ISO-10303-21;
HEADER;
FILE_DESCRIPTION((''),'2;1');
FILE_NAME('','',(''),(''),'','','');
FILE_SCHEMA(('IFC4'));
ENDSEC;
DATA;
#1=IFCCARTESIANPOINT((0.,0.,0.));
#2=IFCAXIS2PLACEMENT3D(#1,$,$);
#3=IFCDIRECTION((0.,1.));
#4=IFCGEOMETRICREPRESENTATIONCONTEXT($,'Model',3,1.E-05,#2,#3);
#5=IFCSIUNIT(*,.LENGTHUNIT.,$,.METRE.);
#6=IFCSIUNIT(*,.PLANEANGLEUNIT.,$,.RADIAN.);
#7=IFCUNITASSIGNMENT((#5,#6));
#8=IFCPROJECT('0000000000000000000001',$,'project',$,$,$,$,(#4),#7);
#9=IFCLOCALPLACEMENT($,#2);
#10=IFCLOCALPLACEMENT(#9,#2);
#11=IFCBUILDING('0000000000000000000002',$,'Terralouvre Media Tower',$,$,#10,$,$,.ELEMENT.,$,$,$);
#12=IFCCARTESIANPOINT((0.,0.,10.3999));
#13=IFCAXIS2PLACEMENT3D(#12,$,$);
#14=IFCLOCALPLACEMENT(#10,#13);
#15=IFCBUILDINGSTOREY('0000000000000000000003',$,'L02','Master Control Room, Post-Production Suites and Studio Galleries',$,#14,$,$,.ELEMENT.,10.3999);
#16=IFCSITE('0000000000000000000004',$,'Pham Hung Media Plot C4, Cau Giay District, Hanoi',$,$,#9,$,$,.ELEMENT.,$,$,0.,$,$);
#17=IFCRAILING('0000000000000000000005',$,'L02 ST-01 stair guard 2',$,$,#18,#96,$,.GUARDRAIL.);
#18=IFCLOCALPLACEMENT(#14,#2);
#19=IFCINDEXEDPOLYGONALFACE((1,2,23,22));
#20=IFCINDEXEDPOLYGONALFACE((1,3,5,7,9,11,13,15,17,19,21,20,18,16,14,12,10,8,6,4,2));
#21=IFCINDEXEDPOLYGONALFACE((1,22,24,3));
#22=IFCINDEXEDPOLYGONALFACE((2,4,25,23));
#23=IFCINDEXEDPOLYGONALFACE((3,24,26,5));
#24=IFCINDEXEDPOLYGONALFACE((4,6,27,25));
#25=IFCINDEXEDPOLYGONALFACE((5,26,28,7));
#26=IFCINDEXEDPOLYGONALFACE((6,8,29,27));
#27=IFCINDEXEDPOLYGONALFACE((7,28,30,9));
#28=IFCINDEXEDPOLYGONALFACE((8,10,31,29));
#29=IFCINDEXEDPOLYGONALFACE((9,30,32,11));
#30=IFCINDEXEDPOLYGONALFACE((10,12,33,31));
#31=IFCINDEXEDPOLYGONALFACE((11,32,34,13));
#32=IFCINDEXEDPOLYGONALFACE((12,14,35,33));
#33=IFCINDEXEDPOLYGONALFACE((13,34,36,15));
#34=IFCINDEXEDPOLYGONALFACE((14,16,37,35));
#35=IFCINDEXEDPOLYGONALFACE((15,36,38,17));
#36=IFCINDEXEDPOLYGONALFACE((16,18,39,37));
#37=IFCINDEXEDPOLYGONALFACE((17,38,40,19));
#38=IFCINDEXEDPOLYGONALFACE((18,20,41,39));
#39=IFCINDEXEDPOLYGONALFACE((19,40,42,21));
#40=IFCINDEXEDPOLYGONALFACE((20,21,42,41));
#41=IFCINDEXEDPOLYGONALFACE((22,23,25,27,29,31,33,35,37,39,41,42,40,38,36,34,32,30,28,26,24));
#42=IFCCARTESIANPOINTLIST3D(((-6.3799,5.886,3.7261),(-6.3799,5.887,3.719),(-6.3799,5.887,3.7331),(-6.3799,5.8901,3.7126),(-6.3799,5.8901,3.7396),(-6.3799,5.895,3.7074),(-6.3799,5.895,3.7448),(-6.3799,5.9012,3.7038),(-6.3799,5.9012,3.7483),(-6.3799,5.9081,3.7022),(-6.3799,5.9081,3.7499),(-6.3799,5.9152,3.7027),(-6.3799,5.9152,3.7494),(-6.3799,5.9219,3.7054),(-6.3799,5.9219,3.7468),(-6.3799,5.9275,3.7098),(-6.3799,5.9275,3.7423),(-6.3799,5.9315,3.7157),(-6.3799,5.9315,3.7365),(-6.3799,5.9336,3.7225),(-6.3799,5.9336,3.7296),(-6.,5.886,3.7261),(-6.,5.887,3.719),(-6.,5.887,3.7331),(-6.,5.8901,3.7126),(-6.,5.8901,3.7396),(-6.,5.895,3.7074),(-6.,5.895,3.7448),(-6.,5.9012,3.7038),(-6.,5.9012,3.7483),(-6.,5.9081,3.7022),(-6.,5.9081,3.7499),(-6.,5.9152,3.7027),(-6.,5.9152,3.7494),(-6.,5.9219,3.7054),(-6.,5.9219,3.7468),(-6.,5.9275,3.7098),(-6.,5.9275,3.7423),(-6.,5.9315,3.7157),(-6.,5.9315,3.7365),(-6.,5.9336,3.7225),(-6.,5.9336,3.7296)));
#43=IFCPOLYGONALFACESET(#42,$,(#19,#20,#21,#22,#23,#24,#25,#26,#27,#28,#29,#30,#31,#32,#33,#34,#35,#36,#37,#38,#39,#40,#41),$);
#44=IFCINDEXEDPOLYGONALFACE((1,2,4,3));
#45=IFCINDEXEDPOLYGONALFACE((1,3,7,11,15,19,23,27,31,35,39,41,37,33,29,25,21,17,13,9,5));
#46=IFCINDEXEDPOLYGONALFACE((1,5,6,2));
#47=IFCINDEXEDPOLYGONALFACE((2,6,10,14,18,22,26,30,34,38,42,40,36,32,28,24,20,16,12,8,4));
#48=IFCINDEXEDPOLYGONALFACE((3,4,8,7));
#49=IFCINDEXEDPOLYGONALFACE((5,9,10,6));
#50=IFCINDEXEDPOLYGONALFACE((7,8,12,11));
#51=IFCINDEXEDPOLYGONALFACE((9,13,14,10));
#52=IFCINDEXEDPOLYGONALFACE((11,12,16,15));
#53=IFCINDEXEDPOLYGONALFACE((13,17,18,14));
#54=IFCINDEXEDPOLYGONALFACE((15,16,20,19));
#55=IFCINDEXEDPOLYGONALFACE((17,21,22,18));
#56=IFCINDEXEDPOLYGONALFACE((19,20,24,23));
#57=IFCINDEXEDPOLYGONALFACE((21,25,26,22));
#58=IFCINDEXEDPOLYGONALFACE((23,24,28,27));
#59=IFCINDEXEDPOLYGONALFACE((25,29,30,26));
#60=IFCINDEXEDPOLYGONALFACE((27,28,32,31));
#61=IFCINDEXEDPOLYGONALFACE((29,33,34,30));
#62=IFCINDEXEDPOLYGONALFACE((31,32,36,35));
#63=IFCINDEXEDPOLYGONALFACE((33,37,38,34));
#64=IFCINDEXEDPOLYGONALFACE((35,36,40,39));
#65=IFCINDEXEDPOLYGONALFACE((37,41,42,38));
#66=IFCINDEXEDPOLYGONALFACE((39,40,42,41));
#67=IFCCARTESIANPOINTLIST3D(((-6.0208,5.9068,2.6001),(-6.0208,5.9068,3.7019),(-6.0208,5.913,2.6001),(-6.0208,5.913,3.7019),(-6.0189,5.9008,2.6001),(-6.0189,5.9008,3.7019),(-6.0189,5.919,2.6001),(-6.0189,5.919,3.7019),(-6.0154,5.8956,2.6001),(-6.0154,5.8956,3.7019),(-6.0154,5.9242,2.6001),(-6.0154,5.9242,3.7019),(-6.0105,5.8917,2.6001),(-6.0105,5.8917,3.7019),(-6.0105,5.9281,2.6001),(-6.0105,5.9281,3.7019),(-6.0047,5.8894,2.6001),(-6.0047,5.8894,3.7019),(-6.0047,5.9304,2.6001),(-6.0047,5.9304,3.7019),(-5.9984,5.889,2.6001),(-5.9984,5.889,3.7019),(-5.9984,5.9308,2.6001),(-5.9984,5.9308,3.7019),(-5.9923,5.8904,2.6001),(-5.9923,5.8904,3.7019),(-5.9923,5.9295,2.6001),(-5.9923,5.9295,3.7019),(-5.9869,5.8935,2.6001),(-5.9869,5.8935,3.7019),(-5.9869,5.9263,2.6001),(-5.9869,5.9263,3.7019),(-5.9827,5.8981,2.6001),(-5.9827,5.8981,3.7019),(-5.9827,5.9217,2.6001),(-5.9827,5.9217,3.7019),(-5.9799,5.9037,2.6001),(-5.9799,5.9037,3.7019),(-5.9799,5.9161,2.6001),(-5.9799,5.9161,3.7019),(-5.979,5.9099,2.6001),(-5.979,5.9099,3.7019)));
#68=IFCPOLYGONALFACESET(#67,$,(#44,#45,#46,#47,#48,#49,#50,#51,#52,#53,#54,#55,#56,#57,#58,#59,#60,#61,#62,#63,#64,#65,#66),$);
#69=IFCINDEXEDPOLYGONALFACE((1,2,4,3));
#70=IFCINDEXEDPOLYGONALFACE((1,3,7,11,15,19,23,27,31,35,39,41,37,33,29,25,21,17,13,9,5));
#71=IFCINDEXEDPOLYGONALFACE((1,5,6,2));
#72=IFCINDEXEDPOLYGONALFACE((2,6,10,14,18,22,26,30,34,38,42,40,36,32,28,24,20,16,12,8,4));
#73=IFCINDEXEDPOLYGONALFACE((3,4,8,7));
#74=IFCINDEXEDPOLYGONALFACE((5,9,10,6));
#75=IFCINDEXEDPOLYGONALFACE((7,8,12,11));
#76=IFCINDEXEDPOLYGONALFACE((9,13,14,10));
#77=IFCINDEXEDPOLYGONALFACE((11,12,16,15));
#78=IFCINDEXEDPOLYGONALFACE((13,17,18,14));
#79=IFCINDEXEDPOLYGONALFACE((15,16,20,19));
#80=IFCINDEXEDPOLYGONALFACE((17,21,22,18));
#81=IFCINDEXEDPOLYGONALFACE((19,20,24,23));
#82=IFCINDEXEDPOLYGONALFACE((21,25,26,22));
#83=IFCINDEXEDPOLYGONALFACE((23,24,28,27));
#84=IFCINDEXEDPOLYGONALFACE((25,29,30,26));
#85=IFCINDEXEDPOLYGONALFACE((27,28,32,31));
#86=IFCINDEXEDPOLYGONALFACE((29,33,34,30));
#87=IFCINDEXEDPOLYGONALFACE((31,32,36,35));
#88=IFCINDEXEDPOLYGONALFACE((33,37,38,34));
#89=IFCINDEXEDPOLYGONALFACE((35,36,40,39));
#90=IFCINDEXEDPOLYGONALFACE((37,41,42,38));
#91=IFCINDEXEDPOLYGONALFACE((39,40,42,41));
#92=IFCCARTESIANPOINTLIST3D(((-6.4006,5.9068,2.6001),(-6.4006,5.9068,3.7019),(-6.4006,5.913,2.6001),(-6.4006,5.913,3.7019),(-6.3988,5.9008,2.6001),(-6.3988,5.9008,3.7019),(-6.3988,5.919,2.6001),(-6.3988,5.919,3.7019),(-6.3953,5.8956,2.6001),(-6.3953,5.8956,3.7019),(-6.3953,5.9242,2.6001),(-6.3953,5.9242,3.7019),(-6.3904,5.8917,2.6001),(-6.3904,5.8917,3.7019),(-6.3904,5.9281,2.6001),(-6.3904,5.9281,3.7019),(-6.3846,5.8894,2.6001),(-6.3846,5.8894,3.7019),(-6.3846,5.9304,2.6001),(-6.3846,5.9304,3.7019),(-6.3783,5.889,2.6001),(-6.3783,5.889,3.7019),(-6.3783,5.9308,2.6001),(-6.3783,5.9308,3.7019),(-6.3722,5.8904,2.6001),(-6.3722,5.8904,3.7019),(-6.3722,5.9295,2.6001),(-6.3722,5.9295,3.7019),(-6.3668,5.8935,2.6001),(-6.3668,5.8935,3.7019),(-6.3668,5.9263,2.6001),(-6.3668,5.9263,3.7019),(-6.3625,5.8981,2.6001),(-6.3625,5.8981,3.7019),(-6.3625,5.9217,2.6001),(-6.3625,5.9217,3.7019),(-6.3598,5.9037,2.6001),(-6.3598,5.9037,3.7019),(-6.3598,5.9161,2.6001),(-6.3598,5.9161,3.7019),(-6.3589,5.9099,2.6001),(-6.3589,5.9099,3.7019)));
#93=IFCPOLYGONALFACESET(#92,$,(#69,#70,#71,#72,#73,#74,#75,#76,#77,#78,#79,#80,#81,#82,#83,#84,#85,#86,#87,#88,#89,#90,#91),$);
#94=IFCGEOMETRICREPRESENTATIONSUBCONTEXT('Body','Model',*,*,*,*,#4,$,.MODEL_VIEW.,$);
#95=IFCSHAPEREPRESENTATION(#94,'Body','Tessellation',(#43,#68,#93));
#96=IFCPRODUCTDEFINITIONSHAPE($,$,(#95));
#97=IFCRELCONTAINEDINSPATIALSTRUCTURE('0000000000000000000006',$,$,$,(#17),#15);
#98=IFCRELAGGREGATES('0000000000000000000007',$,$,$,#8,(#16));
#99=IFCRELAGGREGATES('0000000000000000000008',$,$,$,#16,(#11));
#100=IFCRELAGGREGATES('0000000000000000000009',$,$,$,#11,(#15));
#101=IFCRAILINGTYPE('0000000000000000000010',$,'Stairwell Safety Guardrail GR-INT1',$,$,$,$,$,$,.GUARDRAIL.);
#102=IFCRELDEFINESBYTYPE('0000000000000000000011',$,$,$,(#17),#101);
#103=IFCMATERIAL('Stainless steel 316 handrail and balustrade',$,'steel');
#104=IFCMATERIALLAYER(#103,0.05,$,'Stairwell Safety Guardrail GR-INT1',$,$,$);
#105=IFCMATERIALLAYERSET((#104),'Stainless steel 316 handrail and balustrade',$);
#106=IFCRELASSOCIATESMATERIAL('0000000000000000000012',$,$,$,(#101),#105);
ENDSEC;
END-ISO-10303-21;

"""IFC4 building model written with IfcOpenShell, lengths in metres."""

from ifc_helpers import new_model, si_unit, direction, frame, origin, origin_2d, place, context, subcontext, project, spatial, circle, extrude, material, layer, layer_set, type_object, element, save


model = new_model("IFC4")

# Units and contexts
model_context = context("Model", 3, precision=1e-05, world=origin(), true_north=direction((0.0, 1.0)))
body_context = subcontext(model_context, "Body", "Model", "MODEL_VIEW")
ifc_project = project(units=[si_unit("LENGTHUNIT", "METRE"), si_unit("PLANEANGLEUNIT", "RADIAN")], contexts=[model_context])

# Site, building, storey
site_placement = place(None, origin())
site = spatial("IfcSite", under=ifc_project, at=site_placement, Name="Pham Hung Media Plot C4, Cau Giay District, Hanoi", CompositionType="ELEMENT", RefElevation=0.0)
building_placement = place(site_placement, origin())
building = spatial("IfcBuilding", under=site, at=building_placement, Name="Terralouvre Media Tower", CompositionType="ELEMENT")
storey_placement = place(building_placement, frame((0.0, 0.0, 10.3999)))
storey = spatial("IfcBuildingStorey", under=building, at=storey_placement, Name="L02", Description="Master Control Room, Post-Production Suites and Studio Galleries", CompositionType="ELEMENT", Elevation=10.3999)

# Railing
ifc_material_1 = material(Name="Stainless steel 316 handrail and balustrade", Category="steel")
ifc_layer_1 = layer(ifc_material_1, 0.05, Name="Stairwell Safety Guardrail GR-INT1")
ifc_layer_set_1 = layer_set([ifc_layer_1], Name="Stainless steel 316 handrail and balustrade")
railing_type_1 = type_object("IfcRailingType", Name="Stairwell Safety Guardrail GR-INT1", PredefinedType="GUARDRAIL", material=ifc_layer_set_1)
railing_1_placement = place(storey_placement, frame((-6.0, 5.9099, 2.6001)))
element("IfcRailing", 1, at=railing_1_placement, inside=storey, type_object=railing_type_1, Name="L02 ST-01 stair guard 2", PredefinedType="GUARDRAIL", context=body_context, shape_type="SweptSolid", body=[
    extrude(circle(Radius=0.0239, at=origin_2d()), frame((0.0, 0.0, 1.126), z_axis=(-1.0, 0.0, 0.0), x_axis=(0.0, -1.0, 0.0)), (0.0, 0.0, 1.0), 0.3799),
    extrude(circle(Radius=0.021, at=origin_2d()), origin(), (0.0, 0.0, 1.0), 1.1018),
    extrude(circle(Radius=0.021, at=origin_2d()), frame((-0.3799, 0.0, 0.0)), (0.0, 0.0, 1.0), 1.1018),
])

save(model, "model.ifc")
